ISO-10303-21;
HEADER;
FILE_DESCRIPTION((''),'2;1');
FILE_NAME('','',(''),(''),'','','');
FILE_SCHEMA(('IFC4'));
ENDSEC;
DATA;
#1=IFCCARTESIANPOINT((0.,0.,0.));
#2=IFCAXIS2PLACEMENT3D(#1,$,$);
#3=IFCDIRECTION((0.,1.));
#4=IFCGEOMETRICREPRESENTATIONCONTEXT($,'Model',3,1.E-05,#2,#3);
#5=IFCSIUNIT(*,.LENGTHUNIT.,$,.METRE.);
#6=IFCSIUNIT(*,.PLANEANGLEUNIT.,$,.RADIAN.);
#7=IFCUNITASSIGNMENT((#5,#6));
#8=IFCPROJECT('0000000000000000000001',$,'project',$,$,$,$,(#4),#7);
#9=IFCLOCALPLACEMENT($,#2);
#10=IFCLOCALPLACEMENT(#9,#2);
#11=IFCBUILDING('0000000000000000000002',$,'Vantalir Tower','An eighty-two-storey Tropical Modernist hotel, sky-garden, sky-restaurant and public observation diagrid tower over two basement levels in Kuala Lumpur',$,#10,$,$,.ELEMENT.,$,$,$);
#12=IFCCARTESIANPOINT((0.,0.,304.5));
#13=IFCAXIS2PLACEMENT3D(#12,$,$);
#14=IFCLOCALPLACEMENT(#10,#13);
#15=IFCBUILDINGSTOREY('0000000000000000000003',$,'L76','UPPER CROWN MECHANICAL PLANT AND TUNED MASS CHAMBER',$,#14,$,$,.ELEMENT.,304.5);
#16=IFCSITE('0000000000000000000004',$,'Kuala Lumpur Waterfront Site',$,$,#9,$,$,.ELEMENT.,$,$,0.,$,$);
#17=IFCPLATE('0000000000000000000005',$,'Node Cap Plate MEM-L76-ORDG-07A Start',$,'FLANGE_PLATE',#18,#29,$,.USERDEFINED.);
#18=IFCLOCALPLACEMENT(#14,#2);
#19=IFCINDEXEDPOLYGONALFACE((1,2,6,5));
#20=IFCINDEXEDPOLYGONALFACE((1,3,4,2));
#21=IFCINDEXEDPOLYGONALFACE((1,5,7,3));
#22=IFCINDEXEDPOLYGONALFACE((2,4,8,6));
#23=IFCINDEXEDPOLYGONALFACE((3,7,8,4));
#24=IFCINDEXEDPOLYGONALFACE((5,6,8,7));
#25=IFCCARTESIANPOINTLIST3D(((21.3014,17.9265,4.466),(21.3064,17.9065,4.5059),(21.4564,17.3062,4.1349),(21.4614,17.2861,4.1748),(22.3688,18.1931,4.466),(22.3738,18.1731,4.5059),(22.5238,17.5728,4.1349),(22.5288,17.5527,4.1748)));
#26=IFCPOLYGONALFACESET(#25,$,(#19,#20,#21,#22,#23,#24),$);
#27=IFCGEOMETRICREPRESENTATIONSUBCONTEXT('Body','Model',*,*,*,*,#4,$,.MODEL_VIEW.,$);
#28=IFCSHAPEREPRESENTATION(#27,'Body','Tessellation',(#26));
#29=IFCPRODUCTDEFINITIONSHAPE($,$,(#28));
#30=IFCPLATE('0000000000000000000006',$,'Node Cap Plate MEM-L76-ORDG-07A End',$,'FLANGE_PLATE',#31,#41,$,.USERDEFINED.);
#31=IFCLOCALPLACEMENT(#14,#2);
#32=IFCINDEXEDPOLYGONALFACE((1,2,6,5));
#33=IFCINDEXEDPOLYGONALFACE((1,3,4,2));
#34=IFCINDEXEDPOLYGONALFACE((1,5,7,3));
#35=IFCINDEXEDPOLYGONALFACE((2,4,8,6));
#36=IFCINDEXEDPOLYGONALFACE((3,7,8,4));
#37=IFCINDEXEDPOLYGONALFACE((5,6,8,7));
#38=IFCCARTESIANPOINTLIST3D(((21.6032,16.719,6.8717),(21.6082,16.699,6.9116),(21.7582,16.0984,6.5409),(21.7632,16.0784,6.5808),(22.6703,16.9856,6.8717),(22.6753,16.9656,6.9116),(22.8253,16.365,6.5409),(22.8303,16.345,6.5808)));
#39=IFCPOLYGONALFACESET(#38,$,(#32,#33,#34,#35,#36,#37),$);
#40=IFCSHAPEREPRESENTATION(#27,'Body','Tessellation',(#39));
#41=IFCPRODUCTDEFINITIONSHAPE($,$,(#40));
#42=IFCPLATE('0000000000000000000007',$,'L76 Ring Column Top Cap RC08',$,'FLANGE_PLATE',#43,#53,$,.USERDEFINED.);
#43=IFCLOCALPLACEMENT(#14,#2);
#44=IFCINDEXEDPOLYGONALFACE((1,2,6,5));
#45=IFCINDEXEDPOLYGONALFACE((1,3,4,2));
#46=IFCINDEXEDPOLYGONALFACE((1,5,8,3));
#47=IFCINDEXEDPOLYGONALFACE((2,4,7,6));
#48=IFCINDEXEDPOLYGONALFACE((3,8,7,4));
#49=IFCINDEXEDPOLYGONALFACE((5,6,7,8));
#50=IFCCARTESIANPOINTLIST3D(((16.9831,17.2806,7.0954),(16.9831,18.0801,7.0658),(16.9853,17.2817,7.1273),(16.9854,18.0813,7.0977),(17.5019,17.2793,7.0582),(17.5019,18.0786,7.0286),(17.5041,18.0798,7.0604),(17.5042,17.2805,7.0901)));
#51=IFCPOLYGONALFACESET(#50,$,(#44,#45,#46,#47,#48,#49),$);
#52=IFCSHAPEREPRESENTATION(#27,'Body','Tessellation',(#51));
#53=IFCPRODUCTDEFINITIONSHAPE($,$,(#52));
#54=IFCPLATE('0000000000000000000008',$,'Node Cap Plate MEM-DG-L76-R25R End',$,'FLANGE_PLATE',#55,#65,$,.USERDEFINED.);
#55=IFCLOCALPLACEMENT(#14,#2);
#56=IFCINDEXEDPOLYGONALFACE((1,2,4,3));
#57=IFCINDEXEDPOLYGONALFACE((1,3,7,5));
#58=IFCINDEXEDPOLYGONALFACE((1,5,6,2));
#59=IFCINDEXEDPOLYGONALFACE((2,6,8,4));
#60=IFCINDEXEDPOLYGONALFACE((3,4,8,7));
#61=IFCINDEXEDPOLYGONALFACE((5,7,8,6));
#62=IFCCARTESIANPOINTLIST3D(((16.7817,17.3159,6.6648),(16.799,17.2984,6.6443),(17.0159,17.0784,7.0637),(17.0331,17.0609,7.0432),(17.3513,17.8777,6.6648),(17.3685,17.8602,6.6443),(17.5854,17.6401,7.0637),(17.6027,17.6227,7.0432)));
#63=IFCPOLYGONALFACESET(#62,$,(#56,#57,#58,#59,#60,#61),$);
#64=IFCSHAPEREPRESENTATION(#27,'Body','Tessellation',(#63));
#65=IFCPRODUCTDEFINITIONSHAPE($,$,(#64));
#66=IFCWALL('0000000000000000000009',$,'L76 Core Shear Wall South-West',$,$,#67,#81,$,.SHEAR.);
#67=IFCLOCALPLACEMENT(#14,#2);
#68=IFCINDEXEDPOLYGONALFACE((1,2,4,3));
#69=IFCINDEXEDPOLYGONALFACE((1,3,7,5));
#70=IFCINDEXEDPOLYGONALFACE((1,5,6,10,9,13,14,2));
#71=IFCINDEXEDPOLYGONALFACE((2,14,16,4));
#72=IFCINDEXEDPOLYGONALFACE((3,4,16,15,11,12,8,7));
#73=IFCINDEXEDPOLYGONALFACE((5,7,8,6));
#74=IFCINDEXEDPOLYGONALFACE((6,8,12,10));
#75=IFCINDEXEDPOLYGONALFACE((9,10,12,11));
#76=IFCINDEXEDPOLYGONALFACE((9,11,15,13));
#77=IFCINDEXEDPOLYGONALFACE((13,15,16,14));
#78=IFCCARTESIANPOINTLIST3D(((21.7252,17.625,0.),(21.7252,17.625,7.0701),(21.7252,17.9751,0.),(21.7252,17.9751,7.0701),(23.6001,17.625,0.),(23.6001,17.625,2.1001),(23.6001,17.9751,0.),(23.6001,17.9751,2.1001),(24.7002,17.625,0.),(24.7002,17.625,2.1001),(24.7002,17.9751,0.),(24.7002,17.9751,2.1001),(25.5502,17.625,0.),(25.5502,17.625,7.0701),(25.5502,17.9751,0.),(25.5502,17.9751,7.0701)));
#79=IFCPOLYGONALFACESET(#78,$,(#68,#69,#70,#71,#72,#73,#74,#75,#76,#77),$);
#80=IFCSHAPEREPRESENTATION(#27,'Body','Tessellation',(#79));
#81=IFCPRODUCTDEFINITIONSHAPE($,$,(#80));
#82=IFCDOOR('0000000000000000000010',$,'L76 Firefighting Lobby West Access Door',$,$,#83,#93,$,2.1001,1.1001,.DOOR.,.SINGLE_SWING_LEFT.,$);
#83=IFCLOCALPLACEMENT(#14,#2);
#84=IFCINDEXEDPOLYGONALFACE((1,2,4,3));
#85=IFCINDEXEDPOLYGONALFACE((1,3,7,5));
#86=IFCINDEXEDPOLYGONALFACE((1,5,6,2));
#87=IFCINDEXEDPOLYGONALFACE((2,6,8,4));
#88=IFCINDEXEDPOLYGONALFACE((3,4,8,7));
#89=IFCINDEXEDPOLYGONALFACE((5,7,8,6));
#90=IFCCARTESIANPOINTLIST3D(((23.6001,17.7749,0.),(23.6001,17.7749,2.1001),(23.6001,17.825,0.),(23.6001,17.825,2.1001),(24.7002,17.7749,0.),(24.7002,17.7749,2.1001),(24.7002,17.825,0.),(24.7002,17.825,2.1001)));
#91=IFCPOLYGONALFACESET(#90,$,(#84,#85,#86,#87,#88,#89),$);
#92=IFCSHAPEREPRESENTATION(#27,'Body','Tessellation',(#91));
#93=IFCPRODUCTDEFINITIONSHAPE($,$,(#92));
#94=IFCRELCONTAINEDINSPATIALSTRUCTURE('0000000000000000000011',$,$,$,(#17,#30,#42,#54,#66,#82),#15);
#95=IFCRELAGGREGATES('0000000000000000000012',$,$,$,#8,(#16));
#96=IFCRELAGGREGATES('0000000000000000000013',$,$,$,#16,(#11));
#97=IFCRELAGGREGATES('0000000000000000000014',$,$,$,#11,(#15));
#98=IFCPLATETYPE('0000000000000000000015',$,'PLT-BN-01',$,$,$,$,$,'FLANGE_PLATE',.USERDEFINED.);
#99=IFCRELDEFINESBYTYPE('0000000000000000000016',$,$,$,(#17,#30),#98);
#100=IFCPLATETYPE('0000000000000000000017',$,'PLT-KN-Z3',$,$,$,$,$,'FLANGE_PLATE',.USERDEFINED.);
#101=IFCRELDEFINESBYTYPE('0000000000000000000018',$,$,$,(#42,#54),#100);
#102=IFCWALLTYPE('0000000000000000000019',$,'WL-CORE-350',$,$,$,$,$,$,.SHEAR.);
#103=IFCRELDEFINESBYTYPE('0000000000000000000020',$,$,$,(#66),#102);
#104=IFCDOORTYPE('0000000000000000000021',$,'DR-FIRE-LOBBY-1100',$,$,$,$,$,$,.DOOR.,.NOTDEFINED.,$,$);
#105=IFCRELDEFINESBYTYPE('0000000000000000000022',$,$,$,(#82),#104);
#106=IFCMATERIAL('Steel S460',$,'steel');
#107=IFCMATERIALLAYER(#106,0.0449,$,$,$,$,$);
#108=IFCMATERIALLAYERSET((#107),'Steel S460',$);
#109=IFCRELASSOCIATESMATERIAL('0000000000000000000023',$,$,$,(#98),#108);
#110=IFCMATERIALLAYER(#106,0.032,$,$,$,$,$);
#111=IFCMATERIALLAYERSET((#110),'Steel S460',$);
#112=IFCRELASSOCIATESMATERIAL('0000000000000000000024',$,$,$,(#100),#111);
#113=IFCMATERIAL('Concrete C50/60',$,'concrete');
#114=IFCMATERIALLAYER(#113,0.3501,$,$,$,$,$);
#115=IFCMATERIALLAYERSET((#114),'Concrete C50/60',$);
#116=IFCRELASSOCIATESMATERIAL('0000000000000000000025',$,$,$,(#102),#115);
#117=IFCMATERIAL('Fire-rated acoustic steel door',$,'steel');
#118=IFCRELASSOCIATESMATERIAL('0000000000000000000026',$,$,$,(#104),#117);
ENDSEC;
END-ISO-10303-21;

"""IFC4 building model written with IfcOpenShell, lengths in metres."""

from ifc_helpers import new_model, si_unit, direction, frame, frame_2d, origin, place, context, subcontext, project, spatial, polyline, rectangle, outline, extrude, material, layer, layer_set, type_object, element, fill, save


model = new_model("IFC4")

# Units and contexts
model_context = context("Model", 3, precision=1e-05, world=origin(), true_north=direction((0.0, 1.0)))
body_context = subcontext(model_context, "Body", "Model", "MODEL_VIEW")
ifc_project = project(units=[si_unit("LENGTHUNIT", "METRE"), si_unit("PLANEANGLEUNIT", "RADIAN")], contexts=[model_context])

# Site, building, storey
site_placement = place(None, origin())
site = spatial("IfcSite", under=ifc_project, at=site_placement, Name="Kuala Lumpur Waterfront Site", CompositionType="ELEMENT", RefElevation=0.0)
building_placement = place(site_placement, origin())
building = spatial("IfcBuilding", under=site, at=building_placement, Name="Vantalir Tower", Description="An eighty-two-storey Tropical Modernist hotel, sky-garden, sky-restaurant and public observation diagrid tower over two basement levels in Kuala Lumpur", CompositionType="ELEMENT")
storey_placement = place(building_placement, frame((0.0, 0.0, 304.5)))
storey = spatial("IfcBuildingStorey", under=building, at=storey_placement, Name="L76", Description="UPPER CROWN MECHANICAL PLANT AND TUNED MASS CHAMBER", CompositionType="ELEMENT", Elevation=304.5)

# Shared definitions
ifc_material_1 = material(Name="Steel S460", Category="steel")

# Plates
ifc_layer_1 = layer(ifc_material_1, 0.0449)
ifc_layer_set_1 = layer_set([ifc_layer_1], Name="Steel S460")
plate_type_1 = type_object("IfcPlateType", Name="PLT-BN-01", ElementType="FLANGE_PLATE", PredefinedType="USERDEFINED", material=ifc_layer_set_1)
plate_1_placement = place(storey_placement, frame((21.4614, 17.2861, 4.1748), z_axis=(0.111413, -0.44606, 0.888042), x_axis=(0.970195, 0.242327, 0.0)))
element("IfcPlate", 1, at=plate_1_placement, inside=storey, type_object=plate_type_1, Name="Node Cap Plate MEM-L76-ORDG-07A Start", ObjectType="FLANGE_PLATE", PredefinedType="USERDEFINED", context=body_context, shape_type="SweptSolid", body=[
    extrude(outline(polyline([(0.0, 0.0), (1.1002, 0.0), (1.1001, 0.7201), (-0.0001, 0.7201), (0.0, 0.0)])), origin(), (0.0, 0.0, -1.0), 0.0449),
])
plate_2_placement = place(storey_placement, frame((21.7632, 16.0784, 6.5808), z_axis=(0.111339, -0.445664, 0.88825), x_axis=(0.970182, 0.242379, 0.0)))
element("IfcPlate", 2, at=plate_2_placement, inside=storey, type_object=plate_type_1, Name="Node Cap Plate MEM-L76-ORDG-07A End", ObjectType="FLANGE_PLATE", PredefinedType="USERDEFINED", context=body_context, shape_type="SweptSolid", body=[
    extrude(outline(polyline([(0.0, 0.0), (1.0999, 0.0), (1.1, 0.7202), (0.0, 0.7202), (0.0, 0.0)])), origin(), (0.0, 0.0, -1.0), 0.0449),
])
ifc_layer_2 = layer(ifc_material_1, 0.032)
ifc_layer_set_2 = layer_set([ifc_layer_2], Name="Steel S460")
plate_type_2 = type_object("IfcPlateType", Name="PLT-KN-Z3", ElementType="FLANGE_PLATE", PredefinedType="USERDEFINED", material=ifc_layer_set_2)
plate_3_placement = place(storey_placement, frame((16.9854, 18.0813, 7.0977), z_axis=(0.071627, 0.036984, 0.996746), x_axis=(-0.00001, -0.999312, 0.03708)))
element("IfcPlate", 3, at=plate_3_placement, inside=storey, type_object=plate_type_2, Name="L76 Ring Column Top Cap RC08", ObjectType="FLANGE_PLATE", PredefinedType="USERDEFINED", context=body_context, shape_type="SweptSolid", body=[
    extrude(outline(polyline([(0.0, 0.0), (0.8001, 0.0), (0.7999, 0.5201), (0.0001, 0.5201), (0.0, 0.0)])), origin(), (0.0, 0.0, -1.0), 0.032),
])
plate_4_placement = place(storey_placement, frame((17.3513, 17.8777, 6.6648), z_axis=(-0.53872, 0.546212, 0.64143), x_axis=(-0.711973, -0.702207, 0.0)))
element("IfcPlate", 4, at=plate_4_placement, inside=storey, type_object=plate_type_2, Name="Node Cap Plate MEM-DG-L76-R25R End", ObjectType="FLANGE_PLATE", PredefinedType="USERDEFINED", context=body_context, shape_type="SweptSolid", body=[
    extrude(outline(polyline([(0.0, 0.0), (0.8, 0.0), (0.8001, 0.52), (0.0001, 0.52), (0.0, 0.0)])), origin(), (0.0, 0.0, -1.0), 0.032),
])

# Wall, opening, door
ifc_material_2 = material(Name="Concrete C50/60", Category="concrete")
ifc_layer_3 = layer(ifc_material_2, 0.3501)
ifc_layer_set_3 = layer_set([ifc_layer_3], Name="Concrete C50/60")
wall_type = type_object("IfcWallType", Name="WL-CORE-350", PredefinedType="SHEAR", material=ifc_layer_set_3)
wall_placement = place(storey_placement, frame((21.7251, 17.8, 0.0), z_axis=(0.0, 0.0, 1.0), x_axis=(1.0, 0.0, 0.0)))
wall = element("IfcWall", 5, at=wall_placement, inside=storey, type_object=wall_type, Name="L76 Core Shear Wall South-West", PredefinedType="SHEAR", context=body_context, shape_type="SweptSolid", body=[
    extrude(rectangle(XDim=3.825, YDim=0.3501, at=frame_2d((1.9126, 0.0))), origin(), (0.0, 0.0, 1.0), 7.0701),
])
opening_placement = place(wall_placement, frame((1.875, 0.0, 0.0)))
opening = element("IfcOpeningElement", 6, at=opening_placement, cuts=wall, PredefinedType="OPENING", context=body_context, shape_type="SweptSolid", body=[
    extrude(rectangle(XDim=1.1001, YDim=2.1001, at=frame_2d((0.55, 1.05))), frame((0.0, 0.1851, 0.0), z_axis=(0.0, -1.0, 0.0), x_axis=(1.0, 0.0, 0.0)), (0.0, 0.0, 1.0), 0.3701),
])
ifc_material_3 = material(Name="Fire-rated acoustic steel door", Category="steel")
door_type = type_object("IfcDoorType", Name="DR-FIRE-LOBBY-1100", OperationType="NOTDEFINED", PredefinedType="DOOR", material=ifc_material_3)
door_placement = place(opening_placement, origin())
door = element("IfcDoor", 7, at=door_placement, inside=storey, type_object=door_type, Name="L76 Firefighting Lobby West Access Door", OperationType="SINGLE_SWING_LEFT", OverallHeight=2.1001, OverallWidth=1.1001, PredefinedType="DOOR", context=body_context, shape_type="SweptSolid", body=[
    extrude(rectangle(XDim=1.1001, YDim=2.1001, at=frame_2d((0.55, 1.05))), frame((0.0, 0.0249, 0.0), z_axis=(0.0, -1.0, 0.0), x_axis=(1.0, 0.0, 0.0)), (0.0, 0.0, 1.0), 0.05),
])
fill(opening, door)

save(model, "model.ifc")
